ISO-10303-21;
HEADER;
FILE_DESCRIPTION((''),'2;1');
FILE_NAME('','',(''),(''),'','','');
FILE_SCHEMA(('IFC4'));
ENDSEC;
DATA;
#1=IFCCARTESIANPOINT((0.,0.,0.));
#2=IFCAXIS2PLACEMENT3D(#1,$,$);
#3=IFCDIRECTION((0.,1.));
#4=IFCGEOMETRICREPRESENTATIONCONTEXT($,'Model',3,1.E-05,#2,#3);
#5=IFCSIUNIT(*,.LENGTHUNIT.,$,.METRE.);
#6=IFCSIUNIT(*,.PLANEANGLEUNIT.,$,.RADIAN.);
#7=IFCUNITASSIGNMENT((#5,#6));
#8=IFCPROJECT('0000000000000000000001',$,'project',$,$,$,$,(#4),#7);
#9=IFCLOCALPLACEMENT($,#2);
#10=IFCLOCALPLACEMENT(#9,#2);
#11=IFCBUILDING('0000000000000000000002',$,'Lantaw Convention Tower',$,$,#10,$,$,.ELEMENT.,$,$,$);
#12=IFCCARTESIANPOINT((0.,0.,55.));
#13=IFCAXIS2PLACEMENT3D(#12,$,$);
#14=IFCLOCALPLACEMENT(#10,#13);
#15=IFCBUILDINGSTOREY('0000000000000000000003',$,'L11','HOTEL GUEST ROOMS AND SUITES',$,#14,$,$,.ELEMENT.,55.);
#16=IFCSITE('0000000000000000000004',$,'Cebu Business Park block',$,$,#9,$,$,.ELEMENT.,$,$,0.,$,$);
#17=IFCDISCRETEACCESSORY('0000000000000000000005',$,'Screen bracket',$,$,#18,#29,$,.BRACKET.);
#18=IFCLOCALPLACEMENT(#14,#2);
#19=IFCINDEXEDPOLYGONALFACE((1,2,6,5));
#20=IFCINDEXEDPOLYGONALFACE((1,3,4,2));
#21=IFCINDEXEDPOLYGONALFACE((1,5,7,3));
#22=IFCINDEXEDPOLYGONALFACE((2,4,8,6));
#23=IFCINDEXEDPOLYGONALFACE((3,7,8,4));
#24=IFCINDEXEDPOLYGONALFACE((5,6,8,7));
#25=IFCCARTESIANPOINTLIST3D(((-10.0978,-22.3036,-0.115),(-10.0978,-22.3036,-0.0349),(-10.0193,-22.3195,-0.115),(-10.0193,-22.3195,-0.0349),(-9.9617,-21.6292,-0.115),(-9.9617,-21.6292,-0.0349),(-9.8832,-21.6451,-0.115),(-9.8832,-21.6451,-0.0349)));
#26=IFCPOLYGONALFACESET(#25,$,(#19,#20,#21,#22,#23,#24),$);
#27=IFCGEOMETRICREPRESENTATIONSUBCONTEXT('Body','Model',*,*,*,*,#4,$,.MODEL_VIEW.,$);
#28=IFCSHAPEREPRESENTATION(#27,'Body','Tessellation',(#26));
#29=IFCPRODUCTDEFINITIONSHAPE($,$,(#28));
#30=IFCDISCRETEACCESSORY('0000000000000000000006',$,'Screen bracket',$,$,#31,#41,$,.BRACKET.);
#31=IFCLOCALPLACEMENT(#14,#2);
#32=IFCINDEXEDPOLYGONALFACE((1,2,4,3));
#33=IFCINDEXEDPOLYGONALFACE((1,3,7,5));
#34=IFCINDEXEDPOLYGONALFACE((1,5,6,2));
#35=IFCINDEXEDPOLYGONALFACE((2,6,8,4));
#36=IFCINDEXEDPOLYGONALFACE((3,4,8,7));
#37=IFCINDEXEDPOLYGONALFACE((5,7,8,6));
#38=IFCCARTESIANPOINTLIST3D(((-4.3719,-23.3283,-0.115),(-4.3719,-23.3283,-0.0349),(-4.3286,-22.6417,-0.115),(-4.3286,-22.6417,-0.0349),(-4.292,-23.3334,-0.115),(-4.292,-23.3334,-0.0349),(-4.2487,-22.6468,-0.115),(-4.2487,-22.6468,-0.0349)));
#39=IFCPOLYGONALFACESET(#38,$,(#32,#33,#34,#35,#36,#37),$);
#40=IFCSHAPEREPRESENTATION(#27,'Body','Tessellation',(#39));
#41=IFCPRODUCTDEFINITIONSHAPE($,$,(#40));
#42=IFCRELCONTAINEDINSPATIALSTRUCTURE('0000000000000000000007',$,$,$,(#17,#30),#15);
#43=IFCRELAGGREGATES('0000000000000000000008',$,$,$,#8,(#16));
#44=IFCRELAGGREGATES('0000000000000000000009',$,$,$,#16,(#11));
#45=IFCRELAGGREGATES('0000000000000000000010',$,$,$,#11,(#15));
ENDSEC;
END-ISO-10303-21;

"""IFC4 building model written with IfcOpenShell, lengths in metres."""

from ifc_helpers import new_model, si_unit, direction, frame, origin, origin_2d, place, context, subcontext, project, spatial, rectangle, extrude, element, save


model = new_model("IFC4")

# Units and contexts
model_context = context("Model", 3, precision=1e-05, world=origin(), true_north=direction((0.0, 1.0)))
body_context = subcontext(model_context, "Body", "Model", "MODEL_VIEW")
ifc_project = project(units=[si_unit("LENGTHUNIT", "METRE"), si_unit("PLANEANGLEUNIT", "RADIAN")], contexts=[model_context])

# Site, building, storey
site_placement = place(None, origin())
site = spatial("IfcSite", under=ifc_project, at=site_placement, Name="Cebu Business Park block", CompositionType="ELEMENT", RefElevation=0.0)
building_placement = place(site_placement, origin())
building = spatial("IfcBuilding", under=site, at=building_placement, Name="Lantaw Convention Tower", CompositionType="ELEMENT")
storey_placement = place(building_placement, frame((0.0, 0.0, 55.0)))
storey = spatial("IfcBuildingStorey", under=building, at=storey_placement, Name="L11", Description="HOTEL GUEST ROOMS AND SUITES", CompositionType="ELEMENT", Elevation=55.0)

# Discrete accessories
for number, where, z_axis, x_axis, name in (
    (1, (-9.9905, -21.9744, -0.115), (0.0, 0.0, 1.0), (0.980245, -0.197789, 0.0), "Screen bracket"),
    (2, (-4.3103, -22.9875, -0.115), (0.0, 0.0, 1.0), (0.998016, -0.062958, 0.0), "Screen bracket"),
):
    element("IfcDiscreteAccessory", number, at=place(storey_placement, frame(where, z_axis=z_axis, x_axis=x_axis)), inside=storey, Name=name, PredefinedType="BRACKET", context=body_context, shape_type="SweptSolid", body=[
        extrude(rectangle(XDim=0.0801, YDim=0.688, at=origin_2d()), origin(), (0.0, 0.0, 1.0), 0.0801),
    ])

save(model, "model.ifc")
